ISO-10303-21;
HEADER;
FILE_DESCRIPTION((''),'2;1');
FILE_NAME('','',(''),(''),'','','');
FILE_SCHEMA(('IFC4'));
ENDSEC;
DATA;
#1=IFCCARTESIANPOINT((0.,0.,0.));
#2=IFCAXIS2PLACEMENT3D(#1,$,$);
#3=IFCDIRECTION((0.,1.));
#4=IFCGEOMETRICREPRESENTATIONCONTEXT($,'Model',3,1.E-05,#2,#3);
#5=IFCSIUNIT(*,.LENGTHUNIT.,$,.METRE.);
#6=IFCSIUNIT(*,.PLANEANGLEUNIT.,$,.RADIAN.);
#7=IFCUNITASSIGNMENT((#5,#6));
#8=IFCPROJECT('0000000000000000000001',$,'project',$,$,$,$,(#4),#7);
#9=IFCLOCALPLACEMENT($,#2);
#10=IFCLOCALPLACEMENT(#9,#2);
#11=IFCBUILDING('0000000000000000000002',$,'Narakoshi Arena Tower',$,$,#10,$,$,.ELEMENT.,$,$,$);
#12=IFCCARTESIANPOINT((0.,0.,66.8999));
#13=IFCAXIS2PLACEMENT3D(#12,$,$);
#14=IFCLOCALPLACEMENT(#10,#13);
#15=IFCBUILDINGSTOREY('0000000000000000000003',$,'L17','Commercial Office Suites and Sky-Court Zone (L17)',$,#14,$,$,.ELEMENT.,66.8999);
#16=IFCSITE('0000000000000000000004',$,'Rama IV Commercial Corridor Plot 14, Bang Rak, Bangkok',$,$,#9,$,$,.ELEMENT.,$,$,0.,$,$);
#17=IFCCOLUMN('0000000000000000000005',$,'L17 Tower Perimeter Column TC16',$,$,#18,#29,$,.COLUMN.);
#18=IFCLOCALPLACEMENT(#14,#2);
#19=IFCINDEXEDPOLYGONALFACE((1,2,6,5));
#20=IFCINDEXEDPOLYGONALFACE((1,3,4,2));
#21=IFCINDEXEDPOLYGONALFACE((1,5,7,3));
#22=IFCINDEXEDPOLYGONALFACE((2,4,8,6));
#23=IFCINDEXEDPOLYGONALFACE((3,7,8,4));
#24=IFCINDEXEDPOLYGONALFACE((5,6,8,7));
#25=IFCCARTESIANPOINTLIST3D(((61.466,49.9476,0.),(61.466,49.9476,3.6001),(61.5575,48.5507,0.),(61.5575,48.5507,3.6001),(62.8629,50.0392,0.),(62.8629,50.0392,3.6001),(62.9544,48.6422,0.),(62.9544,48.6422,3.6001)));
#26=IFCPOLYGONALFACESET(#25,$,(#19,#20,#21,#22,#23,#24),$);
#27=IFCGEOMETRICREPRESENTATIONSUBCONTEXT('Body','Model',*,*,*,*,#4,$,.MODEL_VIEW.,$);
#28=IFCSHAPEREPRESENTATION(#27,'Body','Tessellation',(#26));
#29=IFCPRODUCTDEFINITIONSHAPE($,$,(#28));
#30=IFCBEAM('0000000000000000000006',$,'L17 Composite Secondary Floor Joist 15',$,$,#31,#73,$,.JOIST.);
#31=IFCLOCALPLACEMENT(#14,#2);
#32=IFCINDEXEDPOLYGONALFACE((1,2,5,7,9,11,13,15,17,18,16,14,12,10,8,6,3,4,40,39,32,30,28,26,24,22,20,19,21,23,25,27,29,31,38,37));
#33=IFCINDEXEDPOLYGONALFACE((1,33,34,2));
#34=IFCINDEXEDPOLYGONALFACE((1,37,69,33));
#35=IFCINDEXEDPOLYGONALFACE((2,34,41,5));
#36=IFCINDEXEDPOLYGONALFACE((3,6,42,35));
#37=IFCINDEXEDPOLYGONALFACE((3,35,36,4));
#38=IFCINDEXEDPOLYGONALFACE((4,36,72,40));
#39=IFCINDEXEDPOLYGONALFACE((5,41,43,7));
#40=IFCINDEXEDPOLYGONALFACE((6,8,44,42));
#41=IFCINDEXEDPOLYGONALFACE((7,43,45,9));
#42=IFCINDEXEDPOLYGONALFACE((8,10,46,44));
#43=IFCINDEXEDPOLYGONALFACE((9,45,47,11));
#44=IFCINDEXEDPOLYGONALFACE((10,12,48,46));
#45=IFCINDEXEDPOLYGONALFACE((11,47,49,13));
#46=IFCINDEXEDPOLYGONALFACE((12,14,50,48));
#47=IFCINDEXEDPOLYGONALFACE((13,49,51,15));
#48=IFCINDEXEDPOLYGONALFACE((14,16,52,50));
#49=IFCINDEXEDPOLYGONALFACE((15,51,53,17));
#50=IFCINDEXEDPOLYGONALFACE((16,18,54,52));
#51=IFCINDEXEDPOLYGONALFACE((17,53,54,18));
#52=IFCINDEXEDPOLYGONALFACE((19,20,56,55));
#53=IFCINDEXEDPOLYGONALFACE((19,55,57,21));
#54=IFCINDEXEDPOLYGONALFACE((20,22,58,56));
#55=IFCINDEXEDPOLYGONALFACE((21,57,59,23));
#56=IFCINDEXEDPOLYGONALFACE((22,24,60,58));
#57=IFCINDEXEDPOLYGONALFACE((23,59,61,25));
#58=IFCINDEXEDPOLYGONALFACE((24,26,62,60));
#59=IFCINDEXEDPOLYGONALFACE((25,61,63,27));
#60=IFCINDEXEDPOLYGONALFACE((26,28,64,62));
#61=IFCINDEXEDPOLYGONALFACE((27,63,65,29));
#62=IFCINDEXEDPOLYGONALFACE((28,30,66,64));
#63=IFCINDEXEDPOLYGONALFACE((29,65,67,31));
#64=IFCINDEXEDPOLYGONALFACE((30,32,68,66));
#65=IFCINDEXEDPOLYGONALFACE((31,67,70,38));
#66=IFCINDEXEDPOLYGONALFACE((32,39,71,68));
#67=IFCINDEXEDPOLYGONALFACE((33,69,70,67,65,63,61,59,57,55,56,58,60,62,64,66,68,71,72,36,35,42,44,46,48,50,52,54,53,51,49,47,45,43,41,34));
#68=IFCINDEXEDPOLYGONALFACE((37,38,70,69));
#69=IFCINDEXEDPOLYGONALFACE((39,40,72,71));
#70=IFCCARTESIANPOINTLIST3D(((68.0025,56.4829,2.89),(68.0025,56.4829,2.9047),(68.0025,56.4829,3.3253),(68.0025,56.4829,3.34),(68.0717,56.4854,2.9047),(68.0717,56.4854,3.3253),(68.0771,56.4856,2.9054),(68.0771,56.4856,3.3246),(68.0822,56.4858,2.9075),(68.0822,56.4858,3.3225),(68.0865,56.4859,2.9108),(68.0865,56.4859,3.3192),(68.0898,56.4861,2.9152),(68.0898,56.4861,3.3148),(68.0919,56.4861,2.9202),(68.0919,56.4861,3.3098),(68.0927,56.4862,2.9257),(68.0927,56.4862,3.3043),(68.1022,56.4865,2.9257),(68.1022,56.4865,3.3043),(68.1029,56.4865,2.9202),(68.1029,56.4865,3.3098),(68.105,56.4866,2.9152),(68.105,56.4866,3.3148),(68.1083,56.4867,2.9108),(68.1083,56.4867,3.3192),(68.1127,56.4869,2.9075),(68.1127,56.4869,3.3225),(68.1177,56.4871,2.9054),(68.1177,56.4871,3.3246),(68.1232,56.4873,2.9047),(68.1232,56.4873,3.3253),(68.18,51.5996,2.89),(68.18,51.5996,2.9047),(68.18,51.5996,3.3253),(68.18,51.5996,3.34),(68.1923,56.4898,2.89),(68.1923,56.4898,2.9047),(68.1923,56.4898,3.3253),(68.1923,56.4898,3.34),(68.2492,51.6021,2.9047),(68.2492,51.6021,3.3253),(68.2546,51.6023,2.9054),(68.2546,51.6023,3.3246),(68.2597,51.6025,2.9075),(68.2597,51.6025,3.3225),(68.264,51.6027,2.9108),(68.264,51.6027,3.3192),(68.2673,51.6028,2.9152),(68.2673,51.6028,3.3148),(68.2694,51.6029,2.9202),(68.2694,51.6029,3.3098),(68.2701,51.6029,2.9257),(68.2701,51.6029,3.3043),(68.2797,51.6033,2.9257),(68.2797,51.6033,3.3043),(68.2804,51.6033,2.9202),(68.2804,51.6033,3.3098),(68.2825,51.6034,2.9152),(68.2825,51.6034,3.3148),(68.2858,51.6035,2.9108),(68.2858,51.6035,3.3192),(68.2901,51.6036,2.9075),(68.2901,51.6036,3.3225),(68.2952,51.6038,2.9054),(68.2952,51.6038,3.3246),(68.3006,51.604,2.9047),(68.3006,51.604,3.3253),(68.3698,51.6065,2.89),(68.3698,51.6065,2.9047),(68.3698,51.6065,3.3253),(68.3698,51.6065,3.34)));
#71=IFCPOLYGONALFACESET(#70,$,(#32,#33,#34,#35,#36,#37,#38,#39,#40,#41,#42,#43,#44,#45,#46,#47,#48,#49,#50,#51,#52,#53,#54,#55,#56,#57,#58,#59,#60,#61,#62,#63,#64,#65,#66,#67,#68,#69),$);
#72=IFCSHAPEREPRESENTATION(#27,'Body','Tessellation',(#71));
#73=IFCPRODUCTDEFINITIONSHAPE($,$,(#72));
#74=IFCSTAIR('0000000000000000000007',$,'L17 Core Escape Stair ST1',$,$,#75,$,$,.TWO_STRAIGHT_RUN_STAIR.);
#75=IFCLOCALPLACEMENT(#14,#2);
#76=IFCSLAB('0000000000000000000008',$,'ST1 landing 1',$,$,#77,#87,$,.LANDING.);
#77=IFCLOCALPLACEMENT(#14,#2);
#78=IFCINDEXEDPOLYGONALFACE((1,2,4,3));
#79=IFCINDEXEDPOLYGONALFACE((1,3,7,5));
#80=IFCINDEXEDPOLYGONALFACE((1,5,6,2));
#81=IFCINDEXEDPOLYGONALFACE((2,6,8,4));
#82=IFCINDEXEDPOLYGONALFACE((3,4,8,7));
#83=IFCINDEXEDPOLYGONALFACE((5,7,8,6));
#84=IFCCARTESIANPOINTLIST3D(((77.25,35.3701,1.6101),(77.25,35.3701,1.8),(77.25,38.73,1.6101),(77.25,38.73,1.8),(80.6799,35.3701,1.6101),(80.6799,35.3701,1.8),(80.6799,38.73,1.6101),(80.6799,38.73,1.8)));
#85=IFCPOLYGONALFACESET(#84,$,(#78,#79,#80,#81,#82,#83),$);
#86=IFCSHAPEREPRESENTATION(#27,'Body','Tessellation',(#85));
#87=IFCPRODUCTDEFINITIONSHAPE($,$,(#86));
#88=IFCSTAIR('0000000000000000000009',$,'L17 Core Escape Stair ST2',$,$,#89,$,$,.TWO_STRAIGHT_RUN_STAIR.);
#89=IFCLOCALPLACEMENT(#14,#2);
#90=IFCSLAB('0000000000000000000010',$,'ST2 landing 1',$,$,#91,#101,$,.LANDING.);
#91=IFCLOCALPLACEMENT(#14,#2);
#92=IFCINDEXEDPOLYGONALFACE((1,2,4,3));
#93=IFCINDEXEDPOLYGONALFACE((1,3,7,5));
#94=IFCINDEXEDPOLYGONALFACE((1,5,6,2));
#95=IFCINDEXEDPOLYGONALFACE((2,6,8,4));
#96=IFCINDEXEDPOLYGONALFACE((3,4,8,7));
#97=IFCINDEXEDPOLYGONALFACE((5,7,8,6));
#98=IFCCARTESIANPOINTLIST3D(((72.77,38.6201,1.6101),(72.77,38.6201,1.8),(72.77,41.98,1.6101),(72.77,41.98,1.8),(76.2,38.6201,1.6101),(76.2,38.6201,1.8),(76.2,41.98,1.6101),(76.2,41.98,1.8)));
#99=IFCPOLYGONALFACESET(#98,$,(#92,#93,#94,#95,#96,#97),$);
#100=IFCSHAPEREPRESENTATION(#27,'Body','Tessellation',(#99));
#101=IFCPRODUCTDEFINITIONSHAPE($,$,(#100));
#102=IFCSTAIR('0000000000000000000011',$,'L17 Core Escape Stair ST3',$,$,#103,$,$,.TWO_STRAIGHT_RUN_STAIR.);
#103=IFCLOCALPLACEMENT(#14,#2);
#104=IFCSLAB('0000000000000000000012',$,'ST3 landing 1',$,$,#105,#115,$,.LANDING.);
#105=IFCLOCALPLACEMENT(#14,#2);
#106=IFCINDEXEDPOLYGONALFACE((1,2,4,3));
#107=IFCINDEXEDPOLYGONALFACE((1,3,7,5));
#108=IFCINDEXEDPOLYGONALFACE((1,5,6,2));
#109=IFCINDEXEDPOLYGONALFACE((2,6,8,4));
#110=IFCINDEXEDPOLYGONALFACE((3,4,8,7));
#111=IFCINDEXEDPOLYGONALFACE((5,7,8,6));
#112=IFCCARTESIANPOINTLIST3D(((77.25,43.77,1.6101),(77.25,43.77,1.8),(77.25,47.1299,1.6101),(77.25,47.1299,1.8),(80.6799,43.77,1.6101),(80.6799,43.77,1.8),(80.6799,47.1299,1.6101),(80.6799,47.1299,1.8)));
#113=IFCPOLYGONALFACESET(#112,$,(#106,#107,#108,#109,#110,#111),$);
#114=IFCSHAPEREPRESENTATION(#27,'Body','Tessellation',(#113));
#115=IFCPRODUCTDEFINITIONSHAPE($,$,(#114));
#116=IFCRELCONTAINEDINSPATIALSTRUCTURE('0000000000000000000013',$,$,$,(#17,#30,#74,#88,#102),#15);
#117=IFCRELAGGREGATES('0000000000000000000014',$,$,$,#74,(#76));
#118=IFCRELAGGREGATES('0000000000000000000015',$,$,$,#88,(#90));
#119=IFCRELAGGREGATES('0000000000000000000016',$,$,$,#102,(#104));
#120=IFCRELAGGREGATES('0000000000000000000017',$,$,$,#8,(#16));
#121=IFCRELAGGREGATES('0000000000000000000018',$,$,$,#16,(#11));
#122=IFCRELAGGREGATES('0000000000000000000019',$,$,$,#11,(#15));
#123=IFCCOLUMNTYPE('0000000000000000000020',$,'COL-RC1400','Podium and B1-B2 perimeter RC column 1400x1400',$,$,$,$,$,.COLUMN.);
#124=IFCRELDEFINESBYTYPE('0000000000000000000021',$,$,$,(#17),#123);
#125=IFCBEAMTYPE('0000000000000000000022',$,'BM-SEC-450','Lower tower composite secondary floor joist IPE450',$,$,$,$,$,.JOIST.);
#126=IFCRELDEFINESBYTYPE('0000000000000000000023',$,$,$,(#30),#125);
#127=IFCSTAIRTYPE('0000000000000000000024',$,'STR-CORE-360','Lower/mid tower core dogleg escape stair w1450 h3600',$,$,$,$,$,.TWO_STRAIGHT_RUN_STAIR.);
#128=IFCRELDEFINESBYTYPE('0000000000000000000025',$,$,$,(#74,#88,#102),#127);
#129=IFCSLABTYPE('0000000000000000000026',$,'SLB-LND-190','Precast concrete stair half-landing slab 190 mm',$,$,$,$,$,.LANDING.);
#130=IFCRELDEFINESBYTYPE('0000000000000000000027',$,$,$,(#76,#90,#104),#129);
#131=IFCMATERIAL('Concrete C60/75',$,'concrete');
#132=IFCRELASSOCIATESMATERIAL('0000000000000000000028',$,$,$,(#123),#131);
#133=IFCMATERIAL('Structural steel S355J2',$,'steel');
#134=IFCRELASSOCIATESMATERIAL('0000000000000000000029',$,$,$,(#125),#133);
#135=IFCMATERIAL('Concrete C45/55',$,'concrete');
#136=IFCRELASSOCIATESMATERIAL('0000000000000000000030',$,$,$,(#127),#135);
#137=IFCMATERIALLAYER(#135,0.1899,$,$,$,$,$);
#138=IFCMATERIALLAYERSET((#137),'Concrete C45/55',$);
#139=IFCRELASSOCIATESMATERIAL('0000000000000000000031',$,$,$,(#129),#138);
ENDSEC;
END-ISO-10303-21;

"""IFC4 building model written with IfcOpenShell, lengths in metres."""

from ifc_helpers import new_model, si_unit, direction, frame, origin, origin_2d, place, context, subcontext, project, spatial, polyline, rectangle, i_section, outline, extrude, material, layer, layer_set, material_profile, profile_set, type_object, element, aggregate, save


model = new_model("IFC4")

# Units and contexts
model_context = context("Model", 3, precision=1e-05, world=origin(), true_north=direction((0.0, 1.0)))
body_context = subcontext(model_context, "Body", "Model", "MODEL_VIEW")
ifc_project = project(units=[si_unit("LENGTHUNIT", "METRE"), si_unit("PLANEANGLEUNIT", "RADIAN")], contexts=[model_context])

# Site, building, storey
site_placement = place(None, origin())
site = spatial("IfcSite", under=ifc_project, at=site_placement, Name="Rama IV Commercial Corridor Plot 14, Bang Rak, Bangkok", CompositionType="ELEMENT", RefElevation=0.0)
building_placement = place(site_placement, origin())
building = spatial("IfcBuilding", under=site, at=building_placement, Name="Narakoshi Arena Tower", CompositionType="ELEMENT")
storey_placement = place(building_placement, frame((0.0, 0.0, 66.8999)))
storey = spatial("IfcBuildingStorey", under=building, at=storey_placement, Name="L17", Description="Commercial Office Suites and Sky-Court Zone (L17)", CompositionType="ELEMENT", Elevation=66.8999)

# Column
ifc_material_1 = material(Name="Concrete C60/75", Category="concrete")
ifc_material_profile_1 = material_profile(ifc_material_1, rectangle(XDim=1.3999, YDim=1.3999, at=origin_2d()), Name="RC1400x1400")
ifc_profile_set_1 = profile_set([ifc_material_profile_1], Name="Concrete C60/75")
column_type = type_object("IfcColumnType", Name="COL-RC1400", Description="Podium and B1-B2 perimeter RC column 1400x1400", PredefinedType="COLUMN", material=ifc_profile_set_1)
column_placement = place(storey_placement, frame((62.2102, 49.2949, 0.0), z_axis=(0.0, 0.0, 1.0), x_axis=(-0.065403, 0.997859, 0.0)))
element("IfcColumn", 1, at=column_placement, inside=storey, type_object=column_type, Name="L17 Tower Perimeter Column TC16", PredefinedType="COLUMN", context=body_context, shape_type="SweptSolid", body=[
    extrude(rectangle(XDim=1.3999, YDim=1.3999, at=origin_2d()), origin(), (0.0, 0.0, 1.0), 3.6001),
])

# Beam
ifc_material_2 = material(Name="Structural steel S355J2", Category="steel")
ifc_material_profile_2 = material_profile(ifc_material_2, i_section(OverallWidth=0.1899, OverallDepth=0.45, WebThickness=0.0095, FlangeThickness=0.0146, FilletRadius=0.021, at=origin_2d()), Name="IPE450")
ifc_profile_set_2 = profile_set([ifc_material_profile_2], Name="Structural steel S355J2")
beam_type = type_object("IfcBeamType", Name="BM-SEC-450", Description="Lower tower composite secondary floor joist IPE450", PredefinedType="JOIST", material=ifc_profile_set_2)
beam_placement = place(storey_placement, frame((68.0974, 56.4863, 3.115), z_axis=(0.036322, -0.99934, 0.0), x_axis=(0.99934, 0.036322, 0.0)))
element("IfcBeam", 2, at=beam_placement, inside=storey, type_object=beam_type, Name="L17 Composite Secondary Floor Joist 15", PredefinedType="JOIST", context=body_context, shape_type="SweptSolid", body=[
    extrude(i_section(OverallWidth=0.1899, OverallDepth=0.45, WebThickness=0.0095, FlangeThickness=0.0146, FilletRadius=0.021, at=origin_2d()), origin(), (0.0, 0.0, 1.0), 4.8865),
])

# Stairs, slabs
ifc_material_3 = material(Name="Concrete C45/55", Category="concrete")
stair_type = type_object("IfcStairType", Name="STR-CORE-360", Description="Lower/mid tower core dogleg escape stair w1450 h3600", PredefinedType="TWO_STRAIGHT_RUN_STAIR", material=ifc_material_3)
stair_1_placement = place(storey_placement, origin())
stair_1 = element("IfcStair", 3, at=stair_1_placement, inside=storey, type_object=stair_type, Name="L17 Core Escape Stair ST1", PredefinedType="TWO_STRAIGHT_RUN_STAIR")
ifc_layer_1 = layer(ifc_material_3, 0.1899)
ifc_layer_set_1 = layer_set([ifc_layer_1], Name="Concrete C45/55")
slab_type_1 = type_object("IfcSlabType", Name="SLB-LND-190", Description="Precast concrete stair half-landing slab 190 mm", PredefinedType="LANDING", material=ifc_layer_set_1)
slab_1_placement = place(storey_placement, frame((0.0, 0.0, 1.6101)))
slab_1 = element("IfcSlab", 4, at=slab_1_placement, type_object=slab_type_1, Name="ST1 landing 1", PredefinedType="LANDING", context=body_context, shape_type="SweptSolid", body=[
    extrude(outline(polyline([(77.25, 35.3701), (80.6799, 35.3701), (80.6799, 38.73), (77.25, 38.73), (77.25, 35.3701)])), origin(), (0.0, 0.0, 1.0), 0.1899),
])
aggregate(stair_1, [slab_1])
stair_2_placement = place(storey_placement, origin())
stair_2 = element("IfcStair", 5, at=stair_2_placement, inside=storey, type_object=stair_type, Name="L17 Core Escape Stair ST2", PredefinedType="TWO_STRAIGHT_RUN_STAIR")
slab_2_placement = place(storey_placement, frame((0.0, 0.0, 1.6101)))
slab_2 = element("IfcSlab", 6, at=slab_2_placement, type_object=slab_type_1, Name="ST2 landing 1", PredefinedType="LANDING", context=body_context, shape_type="SweptSolid", body=[
    extrude(outline(polyline([(72.77, 38.6201), (76.2, 38.6201), (76.2, 41.98), (72.77, 41.98), (72.77, 38.6201)])), origin(), (0.0, 0.0, 1.0), 0.1899),
])
aggregate(stair_2, [slab_2])
stair_3_placement = place(storey_placement, origin())
stair_3 = element("IfcStair", 7, at=stair_3_placement, inside=storey, type_object=stair_type, Name="L17 Core Escape Stair ST3", PredefinedType="TWO_STRAIGHT_RUN_STAIR")
slab_3_placement = place(storey_placement, frame((0.0, 0.0, 1.6101)))
slab_3 = element("IfcSlab", 8, at=slab_3_placement, type_object=slab_type_1, Name="ST3 landing 1", PredefinedType="LANDING", context=body_context, shape_type="SweptSolid", body=[
    extrude(outline(polyline([(77.25, 43.77), (80.6799, 43.77), (80.6799, 47.1299), (77.25, 47.1299), (77.25, 43.77)])), origin(), (0.0, 0.0, 1.0), 0.1899),
])
aggregate(stair_3, [slab_3])

save(model, "model.ifc")
